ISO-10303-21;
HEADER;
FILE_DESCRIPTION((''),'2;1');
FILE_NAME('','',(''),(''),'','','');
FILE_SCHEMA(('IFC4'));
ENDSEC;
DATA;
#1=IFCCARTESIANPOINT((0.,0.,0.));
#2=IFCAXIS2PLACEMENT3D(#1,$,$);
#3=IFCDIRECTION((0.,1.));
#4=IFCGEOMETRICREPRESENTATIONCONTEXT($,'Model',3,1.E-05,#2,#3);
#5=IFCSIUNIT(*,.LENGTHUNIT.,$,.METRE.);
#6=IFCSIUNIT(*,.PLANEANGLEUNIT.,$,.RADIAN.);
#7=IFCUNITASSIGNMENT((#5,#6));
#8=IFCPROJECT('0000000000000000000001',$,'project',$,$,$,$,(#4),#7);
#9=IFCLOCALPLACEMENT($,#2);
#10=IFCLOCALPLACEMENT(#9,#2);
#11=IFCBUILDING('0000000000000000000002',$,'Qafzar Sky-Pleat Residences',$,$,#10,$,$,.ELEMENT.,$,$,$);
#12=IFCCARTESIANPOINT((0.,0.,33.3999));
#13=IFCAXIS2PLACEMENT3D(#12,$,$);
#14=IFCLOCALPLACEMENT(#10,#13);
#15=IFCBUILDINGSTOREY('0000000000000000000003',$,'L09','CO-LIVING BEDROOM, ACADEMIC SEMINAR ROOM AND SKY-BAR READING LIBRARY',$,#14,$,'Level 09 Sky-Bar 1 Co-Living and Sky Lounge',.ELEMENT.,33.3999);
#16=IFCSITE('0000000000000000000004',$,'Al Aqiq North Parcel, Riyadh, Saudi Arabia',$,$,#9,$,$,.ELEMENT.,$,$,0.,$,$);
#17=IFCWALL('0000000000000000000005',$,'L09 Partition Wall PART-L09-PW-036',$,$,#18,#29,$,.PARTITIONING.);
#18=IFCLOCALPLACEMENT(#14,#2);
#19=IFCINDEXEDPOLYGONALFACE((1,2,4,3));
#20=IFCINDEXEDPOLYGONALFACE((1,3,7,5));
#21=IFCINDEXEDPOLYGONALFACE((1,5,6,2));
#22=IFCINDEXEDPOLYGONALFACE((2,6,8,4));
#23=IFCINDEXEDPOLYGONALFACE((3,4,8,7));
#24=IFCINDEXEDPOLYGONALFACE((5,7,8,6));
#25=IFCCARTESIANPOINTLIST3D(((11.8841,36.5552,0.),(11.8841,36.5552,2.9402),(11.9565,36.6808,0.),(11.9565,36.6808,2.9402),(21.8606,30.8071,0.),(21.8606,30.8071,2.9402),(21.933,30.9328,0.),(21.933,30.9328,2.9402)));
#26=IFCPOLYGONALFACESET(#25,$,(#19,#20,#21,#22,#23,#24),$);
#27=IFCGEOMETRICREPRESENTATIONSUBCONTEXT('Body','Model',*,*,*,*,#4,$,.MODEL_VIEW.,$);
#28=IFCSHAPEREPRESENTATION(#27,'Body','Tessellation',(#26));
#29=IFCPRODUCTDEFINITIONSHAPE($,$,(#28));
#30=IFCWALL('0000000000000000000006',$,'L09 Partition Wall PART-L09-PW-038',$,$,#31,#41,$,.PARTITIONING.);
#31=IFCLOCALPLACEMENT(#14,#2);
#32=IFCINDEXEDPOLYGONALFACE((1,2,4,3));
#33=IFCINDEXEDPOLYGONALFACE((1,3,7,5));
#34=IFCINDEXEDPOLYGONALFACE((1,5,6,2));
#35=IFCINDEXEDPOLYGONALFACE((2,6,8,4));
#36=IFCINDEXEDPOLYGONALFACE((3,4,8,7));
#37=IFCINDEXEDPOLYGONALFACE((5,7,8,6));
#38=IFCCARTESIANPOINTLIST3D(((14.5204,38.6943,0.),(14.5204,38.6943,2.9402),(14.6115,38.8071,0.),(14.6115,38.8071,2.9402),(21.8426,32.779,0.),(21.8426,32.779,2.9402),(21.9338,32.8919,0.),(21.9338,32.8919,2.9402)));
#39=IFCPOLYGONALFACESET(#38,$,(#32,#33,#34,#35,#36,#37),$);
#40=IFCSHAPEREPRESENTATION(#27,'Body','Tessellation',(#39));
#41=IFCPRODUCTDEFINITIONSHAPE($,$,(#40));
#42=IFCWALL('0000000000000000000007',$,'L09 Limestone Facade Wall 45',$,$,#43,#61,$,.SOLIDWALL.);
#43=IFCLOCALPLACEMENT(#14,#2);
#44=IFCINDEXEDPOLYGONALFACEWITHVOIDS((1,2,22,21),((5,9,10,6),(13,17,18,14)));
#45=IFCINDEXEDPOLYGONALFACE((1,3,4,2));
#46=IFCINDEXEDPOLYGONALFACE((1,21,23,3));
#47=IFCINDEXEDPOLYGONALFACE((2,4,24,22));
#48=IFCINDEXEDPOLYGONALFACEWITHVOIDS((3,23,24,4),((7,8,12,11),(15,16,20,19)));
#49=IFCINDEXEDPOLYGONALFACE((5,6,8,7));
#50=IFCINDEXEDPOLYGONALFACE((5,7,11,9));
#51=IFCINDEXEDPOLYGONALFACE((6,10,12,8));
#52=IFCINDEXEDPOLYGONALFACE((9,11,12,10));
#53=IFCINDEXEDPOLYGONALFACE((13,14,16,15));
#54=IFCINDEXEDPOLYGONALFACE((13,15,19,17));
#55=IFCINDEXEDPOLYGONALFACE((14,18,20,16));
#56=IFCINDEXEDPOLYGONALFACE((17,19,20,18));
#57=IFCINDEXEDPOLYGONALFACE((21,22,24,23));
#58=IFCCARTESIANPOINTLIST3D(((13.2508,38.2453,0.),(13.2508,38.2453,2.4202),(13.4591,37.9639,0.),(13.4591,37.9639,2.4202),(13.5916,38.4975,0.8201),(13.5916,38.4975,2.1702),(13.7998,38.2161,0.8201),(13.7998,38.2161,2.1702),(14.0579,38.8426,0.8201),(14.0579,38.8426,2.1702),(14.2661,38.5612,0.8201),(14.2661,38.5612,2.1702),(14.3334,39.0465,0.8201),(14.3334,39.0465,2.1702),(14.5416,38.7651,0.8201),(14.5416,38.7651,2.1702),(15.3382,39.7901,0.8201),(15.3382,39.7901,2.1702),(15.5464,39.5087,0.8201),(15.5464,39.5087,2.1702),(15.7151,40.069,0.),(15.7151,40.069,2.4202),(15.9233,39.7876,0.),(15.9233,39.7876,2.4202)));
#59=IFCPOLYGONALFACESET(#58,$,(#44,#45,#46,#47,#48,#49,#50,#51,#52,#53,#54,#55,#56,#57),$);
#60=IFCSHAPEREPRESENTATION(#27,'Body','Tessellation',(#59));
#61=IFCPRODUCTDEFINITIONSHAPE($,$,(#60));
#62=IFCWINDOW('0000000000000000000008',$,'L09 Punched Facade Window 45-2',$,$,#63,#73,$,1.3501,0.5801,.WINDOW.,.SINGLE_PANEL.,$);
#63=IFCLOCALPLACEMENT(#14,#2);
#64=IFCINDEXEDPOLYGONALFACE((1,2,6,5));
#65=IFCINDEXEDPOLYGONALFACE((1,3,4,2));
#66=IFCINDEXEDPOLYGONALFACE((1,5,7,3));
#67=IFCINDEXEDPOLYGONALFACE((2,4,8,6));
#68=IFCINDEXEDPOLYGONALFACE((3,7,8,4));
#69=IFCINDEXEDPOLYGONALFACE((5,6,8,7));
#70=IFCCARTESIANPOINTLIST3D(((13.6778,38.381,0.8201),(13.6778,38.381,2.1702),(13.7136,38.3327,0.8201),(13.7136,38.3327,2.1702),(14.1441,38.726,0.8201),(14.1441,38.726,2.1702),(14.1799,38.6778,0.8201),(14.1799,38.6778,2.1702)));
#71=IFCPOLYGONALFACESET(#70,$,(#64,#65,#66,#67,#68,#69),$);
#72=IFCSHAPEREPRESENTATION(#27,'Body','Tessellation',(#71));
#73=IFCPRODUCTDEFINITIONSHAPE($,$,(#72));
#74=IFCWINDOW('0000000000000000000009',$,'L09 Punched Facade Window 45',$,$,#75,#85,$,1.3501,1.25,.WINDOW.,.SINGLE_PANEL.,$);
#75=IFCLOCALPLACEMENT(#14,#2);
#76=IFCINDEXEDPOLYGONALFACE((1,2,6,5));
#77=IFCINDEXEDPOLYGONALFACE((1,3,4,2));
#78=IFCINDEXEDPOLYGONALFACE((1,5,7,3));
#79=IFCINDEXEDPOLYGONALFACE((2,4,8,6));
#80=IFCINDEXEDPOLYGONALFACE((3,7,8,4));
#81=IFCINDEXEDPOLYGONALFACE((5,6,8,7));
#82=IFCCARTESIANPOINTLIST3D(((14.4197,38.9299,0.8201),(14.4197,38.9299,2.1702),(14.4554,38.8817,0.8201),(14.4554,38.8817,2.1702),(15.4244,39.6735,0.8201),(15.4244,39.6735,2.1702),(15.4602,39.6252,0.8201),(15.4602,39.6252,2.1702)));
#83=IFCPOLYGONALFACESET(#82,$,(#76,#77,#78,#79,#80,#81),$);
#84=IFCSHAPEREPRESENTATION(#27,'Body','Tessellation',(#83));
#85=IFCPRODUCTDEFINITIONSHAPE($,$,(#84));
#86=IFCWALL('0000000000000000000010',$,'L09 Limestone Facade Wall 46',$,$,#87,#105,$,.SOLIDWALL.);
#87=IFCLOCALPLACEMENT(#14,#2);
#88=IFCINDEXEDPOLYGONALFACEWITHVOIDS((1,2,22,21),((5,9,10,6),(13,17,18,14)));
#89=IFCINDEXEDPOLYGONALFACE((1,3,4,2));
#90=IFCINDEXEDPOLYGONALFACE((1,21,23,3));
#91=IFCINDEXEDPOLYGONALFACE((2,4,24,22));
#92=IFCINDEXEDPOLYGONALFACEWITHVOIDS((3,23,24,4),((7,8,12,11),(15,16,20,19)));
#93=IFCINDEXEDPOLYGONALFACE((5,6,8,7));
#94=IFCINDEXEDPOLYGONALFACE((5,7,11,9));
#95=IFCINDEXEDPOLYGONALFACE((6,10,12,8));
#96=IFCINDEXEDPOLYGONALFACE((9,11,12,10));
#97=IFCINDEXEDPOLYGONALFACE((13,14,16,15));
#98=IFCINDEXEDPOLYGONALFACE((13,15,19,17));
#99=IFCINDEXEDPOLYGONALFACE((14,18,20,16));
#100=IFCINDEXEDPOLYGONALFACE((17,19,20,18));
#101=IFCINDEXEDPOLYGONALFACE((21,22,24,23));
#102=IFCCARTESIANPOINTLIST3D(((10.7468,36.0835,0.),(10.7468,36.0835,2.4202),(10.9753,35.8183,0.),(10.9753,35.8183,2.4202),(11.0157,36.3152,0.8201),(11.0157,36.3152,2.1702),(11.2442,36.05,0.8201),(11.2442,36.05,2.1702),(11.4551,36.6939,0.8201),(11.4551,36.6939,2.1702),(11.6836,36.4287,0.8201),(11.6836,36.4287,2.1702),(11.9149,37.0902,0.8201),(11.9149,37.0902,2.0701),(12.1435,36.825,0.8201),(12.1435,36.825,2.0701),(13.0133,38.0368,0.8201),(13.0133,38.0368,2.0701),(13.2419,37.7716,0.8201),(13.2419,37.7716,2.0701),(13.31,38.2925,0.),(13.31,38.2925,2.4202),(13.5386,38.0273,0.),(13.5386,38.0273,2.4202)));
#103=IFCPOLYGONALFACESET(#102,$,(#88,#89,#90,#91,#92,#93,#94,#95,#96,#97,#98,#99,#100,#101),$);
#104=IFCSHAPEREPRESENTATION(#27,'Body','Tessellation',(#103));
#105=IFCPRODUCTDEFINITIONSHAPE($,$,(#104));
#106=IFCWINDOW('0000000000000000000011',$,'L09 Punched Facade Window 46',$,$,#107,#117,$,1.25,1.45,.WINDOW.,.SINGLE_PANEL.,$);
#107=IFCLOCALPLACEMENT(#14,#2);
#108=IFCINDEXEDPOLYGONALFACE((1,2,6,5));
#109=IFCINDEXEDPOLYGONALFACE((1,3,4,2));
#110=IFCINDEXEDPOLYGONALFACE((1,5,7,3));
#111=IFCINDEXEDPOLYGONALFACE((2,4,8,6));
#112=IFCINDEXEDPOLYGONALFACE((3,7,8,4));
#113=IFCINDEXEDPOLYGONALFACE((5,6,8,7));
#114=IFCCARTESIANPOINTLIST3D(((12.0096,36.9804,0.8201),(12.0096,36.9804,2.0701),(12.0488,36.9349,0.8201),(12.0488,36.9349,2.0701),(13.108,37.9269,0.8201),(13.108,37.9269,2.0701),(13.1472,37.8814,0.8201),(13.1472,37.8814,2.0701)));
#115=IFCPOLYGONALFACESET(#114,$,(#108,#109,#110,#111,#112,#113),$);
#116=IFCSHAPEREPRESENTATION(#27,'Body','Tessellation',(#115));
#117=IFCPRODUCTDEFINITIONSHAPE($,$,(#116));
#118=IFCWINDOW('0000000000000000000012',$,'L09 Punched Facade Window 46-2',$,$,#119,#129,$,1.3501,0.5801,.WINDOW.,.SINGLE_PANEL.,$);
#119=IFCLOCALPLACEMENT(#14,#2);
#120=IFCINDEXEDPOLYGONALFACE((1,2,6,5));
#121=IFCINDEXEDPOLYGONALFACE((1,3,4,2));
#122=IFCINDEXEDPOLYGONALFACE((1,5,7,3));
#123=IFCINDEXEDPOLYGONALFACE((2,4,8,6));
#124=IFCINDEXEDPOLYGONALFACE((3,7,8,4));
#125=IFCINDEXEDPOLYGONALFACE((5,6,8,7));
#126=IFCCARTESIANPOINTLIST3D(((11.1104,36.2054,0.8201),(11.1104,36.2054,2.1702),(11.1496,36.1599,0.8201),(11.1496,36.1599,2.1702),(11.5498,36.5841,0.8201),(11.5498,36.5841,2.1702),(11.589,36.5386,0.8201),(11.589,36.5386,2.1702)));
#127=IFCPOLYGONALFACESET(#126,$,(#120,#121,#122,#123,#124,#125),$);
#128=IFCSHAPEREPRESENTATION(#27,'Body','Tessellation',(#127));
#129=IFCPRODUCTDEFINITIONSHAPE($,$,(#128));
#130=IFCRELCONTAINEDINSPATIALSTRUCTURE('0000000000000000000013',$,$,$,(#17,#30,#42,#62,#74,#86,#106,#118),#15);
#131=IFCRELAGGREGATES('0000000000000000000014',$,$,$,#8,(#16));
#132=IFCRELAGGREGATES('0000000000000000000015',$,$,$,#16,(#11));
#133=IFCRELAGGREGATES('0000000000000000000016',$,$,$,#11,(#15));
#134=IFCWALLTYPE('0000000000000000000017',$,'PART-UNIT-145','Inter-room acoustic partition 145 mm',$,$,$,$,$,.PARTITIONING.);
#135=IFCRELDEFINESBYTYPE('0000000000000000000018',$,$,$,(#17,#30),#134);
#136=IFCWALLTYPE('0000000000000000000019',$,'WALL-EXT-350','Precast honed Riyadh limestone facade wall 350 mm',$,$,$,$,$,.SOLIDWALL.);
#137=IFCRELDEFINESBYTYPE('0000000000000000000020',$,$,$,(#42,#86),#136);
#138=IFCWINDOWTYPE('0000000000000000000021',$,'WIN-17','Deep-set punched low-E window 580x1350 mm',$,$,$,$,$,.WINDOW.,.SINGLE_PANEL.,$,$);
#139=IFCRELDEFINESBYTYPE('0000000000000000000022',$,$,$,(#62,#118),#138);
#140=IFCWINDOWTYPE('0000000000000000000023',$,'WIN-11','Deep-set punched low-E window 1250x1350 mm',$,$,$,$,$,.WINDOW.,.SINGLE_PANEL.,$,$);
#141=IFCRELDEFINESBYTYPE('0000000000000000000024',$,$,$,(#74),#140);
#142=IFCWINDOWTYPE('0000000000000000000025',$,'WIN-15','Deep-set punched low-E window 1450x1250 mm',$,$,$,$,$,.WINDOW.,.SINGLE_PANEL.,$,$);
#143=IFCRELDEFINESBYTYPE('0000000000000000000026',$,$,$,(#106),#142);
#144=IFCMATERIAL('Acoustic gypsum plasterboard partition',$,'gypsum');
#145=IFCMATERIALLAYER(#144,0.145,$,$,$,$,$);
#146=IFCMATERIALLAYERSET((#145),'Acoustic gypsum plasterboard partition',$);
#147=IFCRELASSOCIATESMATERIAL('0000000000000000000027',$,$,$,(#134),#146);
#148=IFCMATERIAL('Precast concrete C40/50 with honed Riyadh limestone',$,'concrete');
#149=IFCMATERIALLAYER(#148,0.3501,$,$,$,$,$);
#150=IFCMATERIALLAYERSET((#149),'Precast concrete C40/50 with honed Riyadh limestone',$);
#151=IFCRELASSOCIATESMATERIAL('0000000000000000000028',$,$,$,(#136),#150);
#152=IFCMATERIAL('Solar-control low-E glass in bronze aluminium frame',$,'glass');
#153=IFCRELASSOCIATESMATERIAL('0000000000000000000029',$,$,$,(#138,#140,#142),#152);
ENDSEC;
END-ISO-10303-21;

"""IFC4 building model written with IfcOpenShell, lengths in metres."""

from ifc_helpers import new_model, si_unit, direction, frame, frame_2d, origin, place, context, subcontext, project, spatial, rectangle, extrude, source, transform, mapped, material, layer, layer_set, type_object, element, fill, save


model = new_model("IFC4")

# Units and contexts
model_context = context("Model", 3, precision=1e-05, world=origin(), true_north=direction((0.0, 1.0)))
body_context = subcontext(model_context, "Body", "Model", "MODEL_VIEW")
ifc_project = project(units=[si_unit("LENGTHUNIT", "METRE"), si_unit("PLANEANGLEUNIT", "RADIAN")], contexts=[model_context])

# Site, building, storey
site_placement = place(None, origin())
site = spatial("IfcSite", under=ifc_project, at=site_placement, Name="Al Aqiq North Parcel, Riyadh, Saudi Arabia", CompositionType="ELEMENT", RefElevation=0.0)
building_placement = place(site_placement, origin())
building = spatial("IfcBuilding", under=site, at=building_placement, Name="Qafzar Sky-Pleat Residences", CompositionType="ELEMENT")
storey_placement = place(building_placement, frame((0.0, 0.0, 33.3999)))
storey = spatial("IfcBuildingStorey", under=building, at=storey_placement, Name="L09", Description="CO-LIVING BEDROOM, ACADEMIC SEMINAR ROOM AND SKY-BAR READING LIBRARY", LongName="Level 09 Sky-Bar 1 Co-Living and Sky Lounge", CompositionType="ELEMENT", Elevation=33.3999)

# Walls
ifc_material_1 = material(Name="Acoustic gypsum plasterboard partition", Category="gypsum")
ifc_layer_1 = layer(ifc_material_1, 0.145)
ifc_layer_set_1 = layer_set([ifc_layer_1], Name="Acoustic gypsum plasterboard partition")
wall_type_1 = type_object("IfcWallType", Name="PART-UNIT-145", Description="Inter-room acoustic partition 145 mm", PredefinedType="PARTITIONING", material=ifc_layer_set_1)
wall_1_placement = place(storey_placement, frame((11.9204, 36.6179, 0.0), z_axis=(0.0, 0.0, 1.0), x_axis=(0.866473, -0.499223, 0.0)))
element("IfcWall", 1, at=wall_1_placement, inside=storey, type_object=wall_type_1, Name="L09 Partition Wall PART-L09-PW-036", PredefinedType="PARTITIONING", context=body_context, shape_type="SweptSolid", body=[
    extrude(rectangle(XDim=11.5139, YDim=0.145, at=frame_2d((5.7568, 0.0))), origin(), (0.0, 0.0, 1.0), 2.9402),
])
wall_2_placement = place(storey_placement, frame((14.5659, 38.7507, 0.0), z_axis=(0.0, 0.0, 1.0), x_axis=(0.777882, -0.628411, 0.0)))
element("IfcWall", 2, at=wall_2_placement, inside=storey, type_object=wall_type_1, Name="L09 Partition Wall PART-L09-PW-038", PredefinedType="PARTITIONING", context=body_context, shape_type="SweptSolid", body=[
    extrude(rectangle(XDim=9.4131, YDim=0.145, at=frame_2d((4.7065, 0.0))), origin(), (0.0, 0.0, 1.0), 2.9402),
])

# Walls, openings, windows
ifc_material_2 = material(Name="Precast concrete C40/50 with honed Riyadh limestone", Category="concrete")
ifc_layer_2 = layer(ifc_material_2, 0.3501)
ifc_layer_set_2 = layer_set([ifc_layer_2], Name="Precast concrete C40/50 with honed Riyadh limestone")
wall_type_2 = type_object("IfcWallType", Name="WALL-EXT-350", Description="Precast honed Riyadh limestone facade wall 350 mm", PredefinedType="SOLIDWALL", material=ifc_layer_set_2)
wall_3_placement = place(storey_placement, frame((15.8191, 39.9282, 0.0), z_axis=(0.0, 0.0, 1.0), x_axis=(-0.803825, -0.594866, 0.0)))
wall_3 = element("IfcWall", 3, at=wall_3_placement, inside=storey, type_object=wall_type_2, Name="L09 Limestone Facade Wall 45", PredefinedType="SOLIDWALL", context=body_context, shape_type="SweptSolid", body=[
    extrude(rectangle(XDim=3.0657, YDim=0.3501, at=frame_2d((1.5327, 0.0))), origin(), (0.0, 0.0, 1.0), 2.4202),
])
opening_1_placement = place(wall_3_placement, frame((0.4688, 0.0, 0.8201)))
opening_1 = element("IfcOpeningElement", 4, at=opening_1_placement, cuts=wall_3, PredefinedType="OPENING", context=body_context, shape_type="SweptSolid", body=[
    extrude(rectangle(XDim=1.25, YDim=1.3501, at=frame_2d((0.625, 0.675))), frame((0.0, 0.1851, 0.0), z_axis=(0.0, -1.0, 0.0), x_axis=(1.0, 0.0, 0.0)), (0.0, 0.0, 1.0), 0.3701),
])
opening_2_placement = place(wall_3_placement, frame((2.0615, 0.0, 0.8201)))
opening_2 = element("IfcOpeningElement", 5, at=opening_2_placement, cuts=wall_3, PredefinedType="OPENING", context=body_context, shape_type="SweptSolid", body=[
    extrude(rectangle(XDim=0.5801, YDim=1.3501, at=frame_2d((0.29, 0.675))), frame((0.0, 0.1851, 0.0), z_axis=(0.0, -1.0, 0.0), x_axis=(1.0, 0.0, 0.0)), (0.0, 0.0, 1.0), 0.3701),
])
ifc_material_3 = material(Name="Solar-control low-E glass in bronze aluminium frame", Category="glass")
window_type_1 = type_object("IfcWindowType", Name="WIN-17", Description="Deep-set punched low-E window 580x1350 mm", PartitioningType="SINGLE_PANEL", PredefinedType="WINDOW", material=ifc_material_3)
shared_shape_1 = source(origin(), body_context, "Body", "SweptSolid", [
    extrude(rectangle(XDim=0.5801, YDim=1.3501, at=frame_2d((0.29, 0.675))), frame((0.0, 0.03, 0.0), z_axis=(0.0, -1.0, 0.0), x_axis=(1.0, 0.0, 0.0)), (0.0, 0.0, 1.0), 0.0601),
])
window_1_placement = place(opening_2_placement, origin())
window_1 = element("IfcWindow", 6, at=window_1_placement, inside=storey, type_object=window_type_1, Name="L09 Punched Facade Window 45-2", OverallHeight=1.3501, OverallWidth=0.5801, PartitioningType="SINGLE_PANEL", PredefinedType="WINDOW", context=body_context, shape_type="MappedRepresentation", body=[
    mapped(shared_shape_1, transform((0.0, 0.0, 0.0), x_axis=(1.0, 0.0, 0.0), y_axis=(0.0, 1.0, 0.0), z_axis=(0.0, 0.0, 1.0), scale=1.0)),
])
fill(opening_2, window_1)
window_type_2 = type_object("IfcWindowType", Name="WIN-11", Description="Deep-set punched low-E window 1250x1350 mm", PartitioningType="SINGLE_PANEL", PredefinedType="WINDOW", material=ifc_material_3)
shared_shape_2 = source(origin(), body_context, "Body", "SweptSolid", [
    extrude(rectangle(XDim=1.25, YDim=1.3501, at=frame_2d((0.625, 0.675))), frame((0.0, 0.03, 0.0), z_axis=(0.0, -1.0, 0.0), x_axis=(1.0, 0.0, 0.0)), (0.0, 0.0, 1.0), 0.0601),
])
window_2_placement = place(opening_1_placement, origin())
window_2 = element("IfcWindow", 7, at=window_2_placement, inside=storey, type_object=window_type_2, Name="L09 Punched Facade Window 45", OverallHeight=1.3501, OverallWidth=1.25, PartitioningType="SINGLE_PANEL", PredefinedType="WINDOW", context=body_context, shape_type="MappedRepresentation", body=[
    mapped(shared_shape_2, transform((0.0, 0.0, 0.0), x_axis=(1.0, 0.0, 0.0), y_axis=(0.0, 1.0, 0.0), z_axis=(0.0, 0.0, 1.0), scale=1.0)),
])
fill(opening_1, window_2)
wall_4_placement = place(storey_placement, frame((13.4243, 38.1599, 0.0), z_axis=(0.0, 0.0, 1.0), x_axis=(-0.757512, -0.652821, 0.0)))
wall_4 = element("IfcWall", 8, at=wall_4_placement, inside=storey, type_object=wall_type_2, Name="L09 Limestone Facade Wall 46", PredefinedType="SOLIDWALL", context=body_context, shape_type="SweptSolid", body=[
    extrude(rectangle(XDim=3.3838, YDim=0.3501, at=frame_2d((1.6919, 0.0))), origin(), (0.0, 0.0, 1.0), 2.4202),
])
opening_3_placement = place(wall_4_placement, frame((0.3916, 0.0, 0.8201)))
opening_3 = element("IfcOpeningElement", 9, at=opening_3_placement, cuts=wall_4, PredefinedType="OPENING", context=body_context, shape_type="SweptSolid", body=[
    extrude(rectangle(XDim=1.45, YDim=1.25, at=frame_2d((0.7251, 0.625))), frame((0.0, 0.1851, 0.0), z_axis=(0.0, -1.0, 0.0), x_axis=(1.0, 0.0, 0.0)), (0.0, 0.0, 1.0), 0.3701),
])
opening_4_placement = place(wall_4_placement, frame((2.4487, 0.0, 0.8201)))
opening_4 = element("IfcOpeningElement", 10, at=opening_4_placement, cuts=wall_4, PredefinedType="OPENING", context=body_context, shape_type="SweptSolid", body=[
    extrude(rectangle(XDim=0.5801, YDim=1.3501, at=frame_2d((0.29, 0.675))), frame((0.0, 0.1851, 0.0), z_axis=(0.0, -1.0, 0.0), x_axis=(1.0, 0.0, 0.0)), (0.0, 0.0, 1.0), 0.3701),
])
window_type_3 = type_object("IfcWindowType", Name="WIN-15", Description="Deep-set punched low-E window 1450x1250 mm", PartitioningType="SINGLE_PANEL", PredefinedType="WINDOW", material=ifc_material_3)
shared_shape_3 = source(origin(), body_context, "Body", "SweptSolid", [
    extrude(rectangle(XDim=1.45, YDim=1.25, at=frame_2d((0.7251, 0.625))), frame((0.0, 0.03, 0.0), z_axis=(0.0, -1.0, 0.0), x_axis=(1.0, 0.0, 0.0)), (0.0, 0.0, 1.0), 0.0601),
])
window_3_placement = place(opening_3_placement, origin())
window_3 = element("IfcWindow", 11, at=window_3_placement, inside=storey, type_object=window_type_3, Name="L09 Punched Facade Window 46", OverallHeight=1.25, OverallWidth=1.45, PartitioningType="SINGLE_PANEL", PredefinedType="WINDOW", context=body_context, shape_type="MappedRepresentation", body=[
    mapped(shared_shape_3, transform((0.0, 0.0, 0.0), x_axis=(1.0, 0.0, 0.0), y_axis=(0.0, 1.0, 0.0), z_axis=(0.0, 0.0, 1.0), scale=1.0)),
])
fill(opening_3, window_3)
window_4_placement = place(opening_4_placement, origin())
window_4 = element("IfcWindow", 12, at=window_4_placement, inside=storey, type_object=window_type_1, Name="L09 Punched Facade Window 46-2", OverallHeight=1.3501, OverallWidth=0.5801, PartitioningType="SINGLE_PANEL", PredefinedType="WINDOW", context=body_context, shape_type="MappedRepresentation", body=[
    mapped(shared_shape_1, transform((0.0, 0.0, 0.0), x_axis=(1.0, 0.0, 0.0), y_axis=(0.0, 1.0, 0.0), z_axis=(0.0, 0.0, 1.0), scale=1.0)),
])
fill(opening_4, window_4)

save(model, "model.ifc")
